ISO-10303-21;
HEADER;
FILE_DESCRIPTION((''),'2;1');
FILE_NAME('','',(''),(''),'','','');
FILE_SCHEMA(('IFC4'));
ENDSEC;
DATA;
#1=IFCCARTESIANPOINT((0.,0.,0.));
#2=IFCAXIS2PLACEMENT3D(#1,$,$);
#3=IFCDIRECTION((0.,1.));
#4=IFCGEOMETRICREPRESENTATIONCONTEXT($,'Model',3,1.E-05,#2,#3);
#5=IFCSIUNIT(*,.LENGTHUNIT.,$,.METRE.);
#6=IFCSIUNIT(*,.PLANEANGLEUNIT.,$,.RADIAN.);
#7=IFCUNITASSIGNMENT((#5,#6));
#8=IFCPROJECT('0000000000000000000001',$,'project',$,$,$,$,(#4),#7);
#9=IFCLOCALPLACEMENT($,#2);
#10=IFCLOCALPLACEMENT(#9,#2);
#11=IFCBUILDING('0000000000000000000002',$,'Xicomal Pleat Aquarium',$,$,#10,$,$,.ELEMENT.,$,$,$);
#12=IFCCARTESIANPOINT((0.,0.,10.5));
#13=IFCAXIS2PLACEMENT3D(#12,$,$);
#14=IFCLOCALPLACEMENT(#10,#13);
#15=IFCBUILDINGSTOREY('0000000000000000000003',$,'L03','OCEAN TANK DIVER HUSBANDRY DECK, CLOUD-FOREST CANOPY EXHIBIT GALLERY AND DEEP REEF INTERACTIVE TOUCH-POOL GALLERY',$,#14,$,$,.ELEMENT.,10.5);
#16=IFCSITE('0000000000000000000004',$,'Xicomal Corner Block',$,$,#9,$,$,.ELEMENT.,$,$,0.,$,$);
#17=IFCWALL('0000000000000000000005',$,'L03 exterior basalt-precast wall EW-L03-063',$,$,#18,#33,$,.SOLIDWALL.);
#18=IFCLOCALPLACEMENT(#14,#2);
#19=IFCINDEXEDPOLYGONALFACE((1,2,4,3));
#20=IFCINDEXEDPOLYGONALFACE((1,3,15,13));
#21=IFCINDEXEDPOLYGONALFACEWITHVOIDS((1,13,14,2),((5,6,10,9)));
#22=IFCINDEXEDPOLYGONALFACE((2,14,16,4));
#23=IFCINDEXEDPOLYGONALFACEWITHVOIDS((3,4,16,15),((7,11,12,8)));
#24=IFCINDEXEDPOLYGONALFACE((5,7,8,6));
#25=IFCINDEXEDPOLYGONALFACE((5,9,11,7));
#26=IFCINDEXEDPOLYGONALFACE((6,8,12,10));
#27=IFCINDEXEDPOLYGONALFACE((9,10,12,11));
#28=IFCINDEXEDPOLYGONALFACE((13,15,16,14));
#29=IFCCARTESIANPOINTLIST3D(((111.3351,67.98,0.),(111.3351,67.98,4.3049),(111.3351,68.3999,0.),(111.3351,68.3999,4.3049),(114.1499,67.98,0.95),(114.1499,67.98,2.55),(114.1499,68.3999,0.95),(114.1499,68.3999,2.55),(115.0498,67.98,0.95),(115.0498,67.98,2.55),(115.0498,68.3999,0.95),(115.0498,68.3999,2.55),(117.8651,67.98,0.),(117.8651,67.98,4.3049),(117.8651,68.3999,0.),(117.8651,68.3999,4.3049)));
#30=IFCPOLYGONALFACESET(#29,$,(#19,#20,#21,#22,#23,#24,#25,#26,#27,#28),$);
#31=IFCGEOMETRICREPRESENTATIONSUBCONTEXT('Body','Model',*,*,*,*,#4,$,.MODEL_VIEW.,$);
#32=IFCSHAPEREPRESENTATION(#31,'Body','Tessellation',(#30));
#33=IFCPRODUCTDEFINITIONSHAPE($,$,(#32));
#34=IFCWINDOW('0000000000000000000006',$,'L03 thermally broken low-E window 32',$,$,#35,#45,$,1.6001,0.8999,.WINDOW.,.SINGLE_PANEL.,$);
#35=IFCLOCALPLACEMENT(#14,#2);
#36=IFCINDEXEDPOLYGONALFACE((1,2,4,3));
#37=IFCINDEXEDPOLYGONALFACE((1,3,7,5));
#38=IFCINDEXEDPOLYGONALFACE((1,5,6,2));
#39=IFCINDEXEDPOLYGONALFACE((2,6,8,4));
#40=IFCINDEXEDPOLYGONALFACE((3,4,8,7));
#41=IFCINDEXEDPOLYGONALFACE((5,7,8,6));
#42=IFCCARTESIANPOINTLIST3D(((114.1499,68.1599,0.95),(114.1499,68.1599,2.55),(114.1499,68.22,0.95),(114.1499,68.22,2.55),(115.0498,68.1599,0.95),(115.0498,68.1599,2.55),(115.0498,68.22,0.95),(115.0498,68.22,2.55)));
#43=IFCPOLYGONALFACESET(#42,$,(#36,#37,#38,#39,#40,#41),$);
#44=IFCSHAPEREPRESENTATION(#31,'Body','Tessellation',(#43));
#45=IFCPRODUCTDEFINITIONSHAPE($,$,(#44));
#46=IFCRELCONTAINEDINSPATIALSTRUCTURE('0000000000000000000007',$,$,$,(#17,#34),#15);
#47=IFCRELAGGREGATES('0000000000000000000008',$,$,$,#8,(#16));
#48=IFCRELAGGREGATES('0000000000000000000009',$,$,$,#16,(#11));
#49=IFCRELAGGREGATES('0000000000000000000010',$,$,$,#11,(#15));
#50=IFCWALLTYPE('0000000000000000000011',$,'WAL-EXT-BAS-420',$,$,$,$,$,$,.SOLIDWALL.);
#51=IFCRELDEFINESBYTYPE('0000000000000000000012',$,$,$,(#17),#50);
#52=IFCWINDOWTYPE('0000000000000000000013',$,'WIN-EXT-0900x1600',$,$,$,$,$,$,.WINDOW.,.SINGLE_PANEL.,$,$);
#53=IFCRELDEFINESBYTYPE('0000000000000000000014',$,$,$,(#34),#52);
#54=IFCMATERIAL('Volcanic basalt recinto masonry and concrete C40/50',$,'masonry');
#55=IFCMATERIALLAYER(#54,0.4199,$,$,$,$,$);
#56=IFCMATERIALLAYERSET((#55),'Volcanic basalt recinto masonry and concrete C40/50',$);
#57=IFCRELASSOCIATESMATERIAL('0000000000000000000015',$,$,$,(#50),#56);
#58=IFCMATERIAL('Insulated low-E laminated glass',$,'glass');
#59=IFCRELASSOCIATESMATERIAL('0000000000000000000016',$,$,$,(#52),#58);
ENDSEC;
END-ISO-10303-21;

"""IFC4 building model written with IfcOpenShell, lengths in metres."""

from ifc_helpers import new_model, si_unit, direction, frame, frame_2d, origin, place, context, subcontext, project, spatial, rectangle, extrude, material, layer, layer_set, type_object, element, fill, save


model = new_model("IFC4")

# Units and contexts
model_context = context("Model", 3, precision=1e-05, world=origin(), true_north=direction((0.0, 1.0)))
body_context = subcontext(model_context, "Body", "Model", "MODEL_VIEW")
ifc_project = project(units=[si_unit("LENGTHUNIT", "METRE"), si_unit("PLANEANGLEUNIT", "RADIAN")], contexts=[model_context])

# Site, building, storey
site_placement = place(None, origin())
site = spatial("IfcSite", under=ifc_project, at=site_placement, Name="Xicomal Corner Block", CompositionType="ELEMENT", RefElevation=0.0)
building_placement = place(site_placement, origin())
building = spatial("IfcBuilding", under=site, at=building_placement, Name="Xicomal Pleat Aquarium", CompositionType="ELEMENT")
storey_placement = place(building_placement, frame((0.0, 0.0, 10.5)))
storey = spatial("IfcBuildingStorey", under=building, at=storey_placement, Name="L03", Description="OCEAN TANK DIVER HUSBANDRY DECK, CLOUD-FOREST CANOPY EXHIBIT GALLERY AND DEEP REEF INTERACTIVE TOUCH-POOL GALLERY", CompositionType="ELEMENT", Elevation=10.5)

# Wall, opening, window
ifc_material_1 = material(Name="Volcanic basalt recinto masonry and concrete C40/50", Category="masonry")
ifc_layer_1 = layer(ifc_material_1, 0.4199)
ifc_layer_set_1 = layer_set([ifc_layer_1], Name="Volcanic basalt recinto masonry and concrete C40/50")
wall_type = type_object("IfcWallType", Name="WAL-EXT-BAS-420", PredefinedType="SOLIDWALL", material=ifc_layer_set_1)
wall_placement = place(storey_placement, frame((111.335, 68.1899, 0.0), z_axis=(0.0, 0.0, 1.0), x_axis=(1.0, 0.0, 0.0)))
wall = element("IfcWall", 1, at=wall_placement, inside=storey, type_object=wall_type, Name="L03 exterior basalt-precast wall EW-L03-063", PredefinedType="SOLIDWALL", context=body_context, shape_type="SweptSolid", body=[
    extrude(rectangle(XDim=6.53, YDim=0.4199, at=frame_2d((3.2651, 0.0))), origin(), (0.0, 0.0, 1.0), 4.3049),
])
opening_placement = place(wall_placement, frame((2.8149, 0.0, 0.95)))
opening = element("IfcOpeningElement", 2, at=opening_placement, cuts=wall, PredefinedType="OPENING", context=body_context, shape_type="SweptSolid", body=[
    extrude(rectangle(XDim=0.8999, YDim=1.6001, at=frame_2d((0.45, 0.8))), frame((0.0, 0.22, 0.0), z_axis=(0.0, -1.0, 0.0), x_axis=(1.0, 0.0, 0.0)), (0.0, 0.0, 1.0), 0.4399),
])
ifc_material_2 = material(Name="Insulated low-E laminated glass", Category="glass")
window_type = type_object("IfcWindowType", Name="WIN-EXT-0900x1600", PartitioningType="SINGLE_PANEL", PredefinedType="WINDOW", material=ifc_material_2)
window_placement = place(opening_placement, origin())
window = element("IfcWindow", 3, at=window_placement, inside=storey, type_object=window_type, Name="L03 thermally broken low-E window 32", OverallHeight=1.6001, OverallWidth=0.8999, PartitioningType="SINGLE_PANEL", PredefinedType="WINDOW", context=body_context, shape_type="SweptSolid", body=[
    extrude(rectangle(XDim=0.8999, YDim=1.6001, at=frame_2d((0.45, 0.8))), frame((0.0, 0.03, 0.0), z_axis=(0.0, -1.0, 0.0), x_axis=(1.0, 0.0, 0.0)), (0.0, 0.0, 1.0), 0.0601),
])
fill(opening, window)

save(model, "model.ifc")
